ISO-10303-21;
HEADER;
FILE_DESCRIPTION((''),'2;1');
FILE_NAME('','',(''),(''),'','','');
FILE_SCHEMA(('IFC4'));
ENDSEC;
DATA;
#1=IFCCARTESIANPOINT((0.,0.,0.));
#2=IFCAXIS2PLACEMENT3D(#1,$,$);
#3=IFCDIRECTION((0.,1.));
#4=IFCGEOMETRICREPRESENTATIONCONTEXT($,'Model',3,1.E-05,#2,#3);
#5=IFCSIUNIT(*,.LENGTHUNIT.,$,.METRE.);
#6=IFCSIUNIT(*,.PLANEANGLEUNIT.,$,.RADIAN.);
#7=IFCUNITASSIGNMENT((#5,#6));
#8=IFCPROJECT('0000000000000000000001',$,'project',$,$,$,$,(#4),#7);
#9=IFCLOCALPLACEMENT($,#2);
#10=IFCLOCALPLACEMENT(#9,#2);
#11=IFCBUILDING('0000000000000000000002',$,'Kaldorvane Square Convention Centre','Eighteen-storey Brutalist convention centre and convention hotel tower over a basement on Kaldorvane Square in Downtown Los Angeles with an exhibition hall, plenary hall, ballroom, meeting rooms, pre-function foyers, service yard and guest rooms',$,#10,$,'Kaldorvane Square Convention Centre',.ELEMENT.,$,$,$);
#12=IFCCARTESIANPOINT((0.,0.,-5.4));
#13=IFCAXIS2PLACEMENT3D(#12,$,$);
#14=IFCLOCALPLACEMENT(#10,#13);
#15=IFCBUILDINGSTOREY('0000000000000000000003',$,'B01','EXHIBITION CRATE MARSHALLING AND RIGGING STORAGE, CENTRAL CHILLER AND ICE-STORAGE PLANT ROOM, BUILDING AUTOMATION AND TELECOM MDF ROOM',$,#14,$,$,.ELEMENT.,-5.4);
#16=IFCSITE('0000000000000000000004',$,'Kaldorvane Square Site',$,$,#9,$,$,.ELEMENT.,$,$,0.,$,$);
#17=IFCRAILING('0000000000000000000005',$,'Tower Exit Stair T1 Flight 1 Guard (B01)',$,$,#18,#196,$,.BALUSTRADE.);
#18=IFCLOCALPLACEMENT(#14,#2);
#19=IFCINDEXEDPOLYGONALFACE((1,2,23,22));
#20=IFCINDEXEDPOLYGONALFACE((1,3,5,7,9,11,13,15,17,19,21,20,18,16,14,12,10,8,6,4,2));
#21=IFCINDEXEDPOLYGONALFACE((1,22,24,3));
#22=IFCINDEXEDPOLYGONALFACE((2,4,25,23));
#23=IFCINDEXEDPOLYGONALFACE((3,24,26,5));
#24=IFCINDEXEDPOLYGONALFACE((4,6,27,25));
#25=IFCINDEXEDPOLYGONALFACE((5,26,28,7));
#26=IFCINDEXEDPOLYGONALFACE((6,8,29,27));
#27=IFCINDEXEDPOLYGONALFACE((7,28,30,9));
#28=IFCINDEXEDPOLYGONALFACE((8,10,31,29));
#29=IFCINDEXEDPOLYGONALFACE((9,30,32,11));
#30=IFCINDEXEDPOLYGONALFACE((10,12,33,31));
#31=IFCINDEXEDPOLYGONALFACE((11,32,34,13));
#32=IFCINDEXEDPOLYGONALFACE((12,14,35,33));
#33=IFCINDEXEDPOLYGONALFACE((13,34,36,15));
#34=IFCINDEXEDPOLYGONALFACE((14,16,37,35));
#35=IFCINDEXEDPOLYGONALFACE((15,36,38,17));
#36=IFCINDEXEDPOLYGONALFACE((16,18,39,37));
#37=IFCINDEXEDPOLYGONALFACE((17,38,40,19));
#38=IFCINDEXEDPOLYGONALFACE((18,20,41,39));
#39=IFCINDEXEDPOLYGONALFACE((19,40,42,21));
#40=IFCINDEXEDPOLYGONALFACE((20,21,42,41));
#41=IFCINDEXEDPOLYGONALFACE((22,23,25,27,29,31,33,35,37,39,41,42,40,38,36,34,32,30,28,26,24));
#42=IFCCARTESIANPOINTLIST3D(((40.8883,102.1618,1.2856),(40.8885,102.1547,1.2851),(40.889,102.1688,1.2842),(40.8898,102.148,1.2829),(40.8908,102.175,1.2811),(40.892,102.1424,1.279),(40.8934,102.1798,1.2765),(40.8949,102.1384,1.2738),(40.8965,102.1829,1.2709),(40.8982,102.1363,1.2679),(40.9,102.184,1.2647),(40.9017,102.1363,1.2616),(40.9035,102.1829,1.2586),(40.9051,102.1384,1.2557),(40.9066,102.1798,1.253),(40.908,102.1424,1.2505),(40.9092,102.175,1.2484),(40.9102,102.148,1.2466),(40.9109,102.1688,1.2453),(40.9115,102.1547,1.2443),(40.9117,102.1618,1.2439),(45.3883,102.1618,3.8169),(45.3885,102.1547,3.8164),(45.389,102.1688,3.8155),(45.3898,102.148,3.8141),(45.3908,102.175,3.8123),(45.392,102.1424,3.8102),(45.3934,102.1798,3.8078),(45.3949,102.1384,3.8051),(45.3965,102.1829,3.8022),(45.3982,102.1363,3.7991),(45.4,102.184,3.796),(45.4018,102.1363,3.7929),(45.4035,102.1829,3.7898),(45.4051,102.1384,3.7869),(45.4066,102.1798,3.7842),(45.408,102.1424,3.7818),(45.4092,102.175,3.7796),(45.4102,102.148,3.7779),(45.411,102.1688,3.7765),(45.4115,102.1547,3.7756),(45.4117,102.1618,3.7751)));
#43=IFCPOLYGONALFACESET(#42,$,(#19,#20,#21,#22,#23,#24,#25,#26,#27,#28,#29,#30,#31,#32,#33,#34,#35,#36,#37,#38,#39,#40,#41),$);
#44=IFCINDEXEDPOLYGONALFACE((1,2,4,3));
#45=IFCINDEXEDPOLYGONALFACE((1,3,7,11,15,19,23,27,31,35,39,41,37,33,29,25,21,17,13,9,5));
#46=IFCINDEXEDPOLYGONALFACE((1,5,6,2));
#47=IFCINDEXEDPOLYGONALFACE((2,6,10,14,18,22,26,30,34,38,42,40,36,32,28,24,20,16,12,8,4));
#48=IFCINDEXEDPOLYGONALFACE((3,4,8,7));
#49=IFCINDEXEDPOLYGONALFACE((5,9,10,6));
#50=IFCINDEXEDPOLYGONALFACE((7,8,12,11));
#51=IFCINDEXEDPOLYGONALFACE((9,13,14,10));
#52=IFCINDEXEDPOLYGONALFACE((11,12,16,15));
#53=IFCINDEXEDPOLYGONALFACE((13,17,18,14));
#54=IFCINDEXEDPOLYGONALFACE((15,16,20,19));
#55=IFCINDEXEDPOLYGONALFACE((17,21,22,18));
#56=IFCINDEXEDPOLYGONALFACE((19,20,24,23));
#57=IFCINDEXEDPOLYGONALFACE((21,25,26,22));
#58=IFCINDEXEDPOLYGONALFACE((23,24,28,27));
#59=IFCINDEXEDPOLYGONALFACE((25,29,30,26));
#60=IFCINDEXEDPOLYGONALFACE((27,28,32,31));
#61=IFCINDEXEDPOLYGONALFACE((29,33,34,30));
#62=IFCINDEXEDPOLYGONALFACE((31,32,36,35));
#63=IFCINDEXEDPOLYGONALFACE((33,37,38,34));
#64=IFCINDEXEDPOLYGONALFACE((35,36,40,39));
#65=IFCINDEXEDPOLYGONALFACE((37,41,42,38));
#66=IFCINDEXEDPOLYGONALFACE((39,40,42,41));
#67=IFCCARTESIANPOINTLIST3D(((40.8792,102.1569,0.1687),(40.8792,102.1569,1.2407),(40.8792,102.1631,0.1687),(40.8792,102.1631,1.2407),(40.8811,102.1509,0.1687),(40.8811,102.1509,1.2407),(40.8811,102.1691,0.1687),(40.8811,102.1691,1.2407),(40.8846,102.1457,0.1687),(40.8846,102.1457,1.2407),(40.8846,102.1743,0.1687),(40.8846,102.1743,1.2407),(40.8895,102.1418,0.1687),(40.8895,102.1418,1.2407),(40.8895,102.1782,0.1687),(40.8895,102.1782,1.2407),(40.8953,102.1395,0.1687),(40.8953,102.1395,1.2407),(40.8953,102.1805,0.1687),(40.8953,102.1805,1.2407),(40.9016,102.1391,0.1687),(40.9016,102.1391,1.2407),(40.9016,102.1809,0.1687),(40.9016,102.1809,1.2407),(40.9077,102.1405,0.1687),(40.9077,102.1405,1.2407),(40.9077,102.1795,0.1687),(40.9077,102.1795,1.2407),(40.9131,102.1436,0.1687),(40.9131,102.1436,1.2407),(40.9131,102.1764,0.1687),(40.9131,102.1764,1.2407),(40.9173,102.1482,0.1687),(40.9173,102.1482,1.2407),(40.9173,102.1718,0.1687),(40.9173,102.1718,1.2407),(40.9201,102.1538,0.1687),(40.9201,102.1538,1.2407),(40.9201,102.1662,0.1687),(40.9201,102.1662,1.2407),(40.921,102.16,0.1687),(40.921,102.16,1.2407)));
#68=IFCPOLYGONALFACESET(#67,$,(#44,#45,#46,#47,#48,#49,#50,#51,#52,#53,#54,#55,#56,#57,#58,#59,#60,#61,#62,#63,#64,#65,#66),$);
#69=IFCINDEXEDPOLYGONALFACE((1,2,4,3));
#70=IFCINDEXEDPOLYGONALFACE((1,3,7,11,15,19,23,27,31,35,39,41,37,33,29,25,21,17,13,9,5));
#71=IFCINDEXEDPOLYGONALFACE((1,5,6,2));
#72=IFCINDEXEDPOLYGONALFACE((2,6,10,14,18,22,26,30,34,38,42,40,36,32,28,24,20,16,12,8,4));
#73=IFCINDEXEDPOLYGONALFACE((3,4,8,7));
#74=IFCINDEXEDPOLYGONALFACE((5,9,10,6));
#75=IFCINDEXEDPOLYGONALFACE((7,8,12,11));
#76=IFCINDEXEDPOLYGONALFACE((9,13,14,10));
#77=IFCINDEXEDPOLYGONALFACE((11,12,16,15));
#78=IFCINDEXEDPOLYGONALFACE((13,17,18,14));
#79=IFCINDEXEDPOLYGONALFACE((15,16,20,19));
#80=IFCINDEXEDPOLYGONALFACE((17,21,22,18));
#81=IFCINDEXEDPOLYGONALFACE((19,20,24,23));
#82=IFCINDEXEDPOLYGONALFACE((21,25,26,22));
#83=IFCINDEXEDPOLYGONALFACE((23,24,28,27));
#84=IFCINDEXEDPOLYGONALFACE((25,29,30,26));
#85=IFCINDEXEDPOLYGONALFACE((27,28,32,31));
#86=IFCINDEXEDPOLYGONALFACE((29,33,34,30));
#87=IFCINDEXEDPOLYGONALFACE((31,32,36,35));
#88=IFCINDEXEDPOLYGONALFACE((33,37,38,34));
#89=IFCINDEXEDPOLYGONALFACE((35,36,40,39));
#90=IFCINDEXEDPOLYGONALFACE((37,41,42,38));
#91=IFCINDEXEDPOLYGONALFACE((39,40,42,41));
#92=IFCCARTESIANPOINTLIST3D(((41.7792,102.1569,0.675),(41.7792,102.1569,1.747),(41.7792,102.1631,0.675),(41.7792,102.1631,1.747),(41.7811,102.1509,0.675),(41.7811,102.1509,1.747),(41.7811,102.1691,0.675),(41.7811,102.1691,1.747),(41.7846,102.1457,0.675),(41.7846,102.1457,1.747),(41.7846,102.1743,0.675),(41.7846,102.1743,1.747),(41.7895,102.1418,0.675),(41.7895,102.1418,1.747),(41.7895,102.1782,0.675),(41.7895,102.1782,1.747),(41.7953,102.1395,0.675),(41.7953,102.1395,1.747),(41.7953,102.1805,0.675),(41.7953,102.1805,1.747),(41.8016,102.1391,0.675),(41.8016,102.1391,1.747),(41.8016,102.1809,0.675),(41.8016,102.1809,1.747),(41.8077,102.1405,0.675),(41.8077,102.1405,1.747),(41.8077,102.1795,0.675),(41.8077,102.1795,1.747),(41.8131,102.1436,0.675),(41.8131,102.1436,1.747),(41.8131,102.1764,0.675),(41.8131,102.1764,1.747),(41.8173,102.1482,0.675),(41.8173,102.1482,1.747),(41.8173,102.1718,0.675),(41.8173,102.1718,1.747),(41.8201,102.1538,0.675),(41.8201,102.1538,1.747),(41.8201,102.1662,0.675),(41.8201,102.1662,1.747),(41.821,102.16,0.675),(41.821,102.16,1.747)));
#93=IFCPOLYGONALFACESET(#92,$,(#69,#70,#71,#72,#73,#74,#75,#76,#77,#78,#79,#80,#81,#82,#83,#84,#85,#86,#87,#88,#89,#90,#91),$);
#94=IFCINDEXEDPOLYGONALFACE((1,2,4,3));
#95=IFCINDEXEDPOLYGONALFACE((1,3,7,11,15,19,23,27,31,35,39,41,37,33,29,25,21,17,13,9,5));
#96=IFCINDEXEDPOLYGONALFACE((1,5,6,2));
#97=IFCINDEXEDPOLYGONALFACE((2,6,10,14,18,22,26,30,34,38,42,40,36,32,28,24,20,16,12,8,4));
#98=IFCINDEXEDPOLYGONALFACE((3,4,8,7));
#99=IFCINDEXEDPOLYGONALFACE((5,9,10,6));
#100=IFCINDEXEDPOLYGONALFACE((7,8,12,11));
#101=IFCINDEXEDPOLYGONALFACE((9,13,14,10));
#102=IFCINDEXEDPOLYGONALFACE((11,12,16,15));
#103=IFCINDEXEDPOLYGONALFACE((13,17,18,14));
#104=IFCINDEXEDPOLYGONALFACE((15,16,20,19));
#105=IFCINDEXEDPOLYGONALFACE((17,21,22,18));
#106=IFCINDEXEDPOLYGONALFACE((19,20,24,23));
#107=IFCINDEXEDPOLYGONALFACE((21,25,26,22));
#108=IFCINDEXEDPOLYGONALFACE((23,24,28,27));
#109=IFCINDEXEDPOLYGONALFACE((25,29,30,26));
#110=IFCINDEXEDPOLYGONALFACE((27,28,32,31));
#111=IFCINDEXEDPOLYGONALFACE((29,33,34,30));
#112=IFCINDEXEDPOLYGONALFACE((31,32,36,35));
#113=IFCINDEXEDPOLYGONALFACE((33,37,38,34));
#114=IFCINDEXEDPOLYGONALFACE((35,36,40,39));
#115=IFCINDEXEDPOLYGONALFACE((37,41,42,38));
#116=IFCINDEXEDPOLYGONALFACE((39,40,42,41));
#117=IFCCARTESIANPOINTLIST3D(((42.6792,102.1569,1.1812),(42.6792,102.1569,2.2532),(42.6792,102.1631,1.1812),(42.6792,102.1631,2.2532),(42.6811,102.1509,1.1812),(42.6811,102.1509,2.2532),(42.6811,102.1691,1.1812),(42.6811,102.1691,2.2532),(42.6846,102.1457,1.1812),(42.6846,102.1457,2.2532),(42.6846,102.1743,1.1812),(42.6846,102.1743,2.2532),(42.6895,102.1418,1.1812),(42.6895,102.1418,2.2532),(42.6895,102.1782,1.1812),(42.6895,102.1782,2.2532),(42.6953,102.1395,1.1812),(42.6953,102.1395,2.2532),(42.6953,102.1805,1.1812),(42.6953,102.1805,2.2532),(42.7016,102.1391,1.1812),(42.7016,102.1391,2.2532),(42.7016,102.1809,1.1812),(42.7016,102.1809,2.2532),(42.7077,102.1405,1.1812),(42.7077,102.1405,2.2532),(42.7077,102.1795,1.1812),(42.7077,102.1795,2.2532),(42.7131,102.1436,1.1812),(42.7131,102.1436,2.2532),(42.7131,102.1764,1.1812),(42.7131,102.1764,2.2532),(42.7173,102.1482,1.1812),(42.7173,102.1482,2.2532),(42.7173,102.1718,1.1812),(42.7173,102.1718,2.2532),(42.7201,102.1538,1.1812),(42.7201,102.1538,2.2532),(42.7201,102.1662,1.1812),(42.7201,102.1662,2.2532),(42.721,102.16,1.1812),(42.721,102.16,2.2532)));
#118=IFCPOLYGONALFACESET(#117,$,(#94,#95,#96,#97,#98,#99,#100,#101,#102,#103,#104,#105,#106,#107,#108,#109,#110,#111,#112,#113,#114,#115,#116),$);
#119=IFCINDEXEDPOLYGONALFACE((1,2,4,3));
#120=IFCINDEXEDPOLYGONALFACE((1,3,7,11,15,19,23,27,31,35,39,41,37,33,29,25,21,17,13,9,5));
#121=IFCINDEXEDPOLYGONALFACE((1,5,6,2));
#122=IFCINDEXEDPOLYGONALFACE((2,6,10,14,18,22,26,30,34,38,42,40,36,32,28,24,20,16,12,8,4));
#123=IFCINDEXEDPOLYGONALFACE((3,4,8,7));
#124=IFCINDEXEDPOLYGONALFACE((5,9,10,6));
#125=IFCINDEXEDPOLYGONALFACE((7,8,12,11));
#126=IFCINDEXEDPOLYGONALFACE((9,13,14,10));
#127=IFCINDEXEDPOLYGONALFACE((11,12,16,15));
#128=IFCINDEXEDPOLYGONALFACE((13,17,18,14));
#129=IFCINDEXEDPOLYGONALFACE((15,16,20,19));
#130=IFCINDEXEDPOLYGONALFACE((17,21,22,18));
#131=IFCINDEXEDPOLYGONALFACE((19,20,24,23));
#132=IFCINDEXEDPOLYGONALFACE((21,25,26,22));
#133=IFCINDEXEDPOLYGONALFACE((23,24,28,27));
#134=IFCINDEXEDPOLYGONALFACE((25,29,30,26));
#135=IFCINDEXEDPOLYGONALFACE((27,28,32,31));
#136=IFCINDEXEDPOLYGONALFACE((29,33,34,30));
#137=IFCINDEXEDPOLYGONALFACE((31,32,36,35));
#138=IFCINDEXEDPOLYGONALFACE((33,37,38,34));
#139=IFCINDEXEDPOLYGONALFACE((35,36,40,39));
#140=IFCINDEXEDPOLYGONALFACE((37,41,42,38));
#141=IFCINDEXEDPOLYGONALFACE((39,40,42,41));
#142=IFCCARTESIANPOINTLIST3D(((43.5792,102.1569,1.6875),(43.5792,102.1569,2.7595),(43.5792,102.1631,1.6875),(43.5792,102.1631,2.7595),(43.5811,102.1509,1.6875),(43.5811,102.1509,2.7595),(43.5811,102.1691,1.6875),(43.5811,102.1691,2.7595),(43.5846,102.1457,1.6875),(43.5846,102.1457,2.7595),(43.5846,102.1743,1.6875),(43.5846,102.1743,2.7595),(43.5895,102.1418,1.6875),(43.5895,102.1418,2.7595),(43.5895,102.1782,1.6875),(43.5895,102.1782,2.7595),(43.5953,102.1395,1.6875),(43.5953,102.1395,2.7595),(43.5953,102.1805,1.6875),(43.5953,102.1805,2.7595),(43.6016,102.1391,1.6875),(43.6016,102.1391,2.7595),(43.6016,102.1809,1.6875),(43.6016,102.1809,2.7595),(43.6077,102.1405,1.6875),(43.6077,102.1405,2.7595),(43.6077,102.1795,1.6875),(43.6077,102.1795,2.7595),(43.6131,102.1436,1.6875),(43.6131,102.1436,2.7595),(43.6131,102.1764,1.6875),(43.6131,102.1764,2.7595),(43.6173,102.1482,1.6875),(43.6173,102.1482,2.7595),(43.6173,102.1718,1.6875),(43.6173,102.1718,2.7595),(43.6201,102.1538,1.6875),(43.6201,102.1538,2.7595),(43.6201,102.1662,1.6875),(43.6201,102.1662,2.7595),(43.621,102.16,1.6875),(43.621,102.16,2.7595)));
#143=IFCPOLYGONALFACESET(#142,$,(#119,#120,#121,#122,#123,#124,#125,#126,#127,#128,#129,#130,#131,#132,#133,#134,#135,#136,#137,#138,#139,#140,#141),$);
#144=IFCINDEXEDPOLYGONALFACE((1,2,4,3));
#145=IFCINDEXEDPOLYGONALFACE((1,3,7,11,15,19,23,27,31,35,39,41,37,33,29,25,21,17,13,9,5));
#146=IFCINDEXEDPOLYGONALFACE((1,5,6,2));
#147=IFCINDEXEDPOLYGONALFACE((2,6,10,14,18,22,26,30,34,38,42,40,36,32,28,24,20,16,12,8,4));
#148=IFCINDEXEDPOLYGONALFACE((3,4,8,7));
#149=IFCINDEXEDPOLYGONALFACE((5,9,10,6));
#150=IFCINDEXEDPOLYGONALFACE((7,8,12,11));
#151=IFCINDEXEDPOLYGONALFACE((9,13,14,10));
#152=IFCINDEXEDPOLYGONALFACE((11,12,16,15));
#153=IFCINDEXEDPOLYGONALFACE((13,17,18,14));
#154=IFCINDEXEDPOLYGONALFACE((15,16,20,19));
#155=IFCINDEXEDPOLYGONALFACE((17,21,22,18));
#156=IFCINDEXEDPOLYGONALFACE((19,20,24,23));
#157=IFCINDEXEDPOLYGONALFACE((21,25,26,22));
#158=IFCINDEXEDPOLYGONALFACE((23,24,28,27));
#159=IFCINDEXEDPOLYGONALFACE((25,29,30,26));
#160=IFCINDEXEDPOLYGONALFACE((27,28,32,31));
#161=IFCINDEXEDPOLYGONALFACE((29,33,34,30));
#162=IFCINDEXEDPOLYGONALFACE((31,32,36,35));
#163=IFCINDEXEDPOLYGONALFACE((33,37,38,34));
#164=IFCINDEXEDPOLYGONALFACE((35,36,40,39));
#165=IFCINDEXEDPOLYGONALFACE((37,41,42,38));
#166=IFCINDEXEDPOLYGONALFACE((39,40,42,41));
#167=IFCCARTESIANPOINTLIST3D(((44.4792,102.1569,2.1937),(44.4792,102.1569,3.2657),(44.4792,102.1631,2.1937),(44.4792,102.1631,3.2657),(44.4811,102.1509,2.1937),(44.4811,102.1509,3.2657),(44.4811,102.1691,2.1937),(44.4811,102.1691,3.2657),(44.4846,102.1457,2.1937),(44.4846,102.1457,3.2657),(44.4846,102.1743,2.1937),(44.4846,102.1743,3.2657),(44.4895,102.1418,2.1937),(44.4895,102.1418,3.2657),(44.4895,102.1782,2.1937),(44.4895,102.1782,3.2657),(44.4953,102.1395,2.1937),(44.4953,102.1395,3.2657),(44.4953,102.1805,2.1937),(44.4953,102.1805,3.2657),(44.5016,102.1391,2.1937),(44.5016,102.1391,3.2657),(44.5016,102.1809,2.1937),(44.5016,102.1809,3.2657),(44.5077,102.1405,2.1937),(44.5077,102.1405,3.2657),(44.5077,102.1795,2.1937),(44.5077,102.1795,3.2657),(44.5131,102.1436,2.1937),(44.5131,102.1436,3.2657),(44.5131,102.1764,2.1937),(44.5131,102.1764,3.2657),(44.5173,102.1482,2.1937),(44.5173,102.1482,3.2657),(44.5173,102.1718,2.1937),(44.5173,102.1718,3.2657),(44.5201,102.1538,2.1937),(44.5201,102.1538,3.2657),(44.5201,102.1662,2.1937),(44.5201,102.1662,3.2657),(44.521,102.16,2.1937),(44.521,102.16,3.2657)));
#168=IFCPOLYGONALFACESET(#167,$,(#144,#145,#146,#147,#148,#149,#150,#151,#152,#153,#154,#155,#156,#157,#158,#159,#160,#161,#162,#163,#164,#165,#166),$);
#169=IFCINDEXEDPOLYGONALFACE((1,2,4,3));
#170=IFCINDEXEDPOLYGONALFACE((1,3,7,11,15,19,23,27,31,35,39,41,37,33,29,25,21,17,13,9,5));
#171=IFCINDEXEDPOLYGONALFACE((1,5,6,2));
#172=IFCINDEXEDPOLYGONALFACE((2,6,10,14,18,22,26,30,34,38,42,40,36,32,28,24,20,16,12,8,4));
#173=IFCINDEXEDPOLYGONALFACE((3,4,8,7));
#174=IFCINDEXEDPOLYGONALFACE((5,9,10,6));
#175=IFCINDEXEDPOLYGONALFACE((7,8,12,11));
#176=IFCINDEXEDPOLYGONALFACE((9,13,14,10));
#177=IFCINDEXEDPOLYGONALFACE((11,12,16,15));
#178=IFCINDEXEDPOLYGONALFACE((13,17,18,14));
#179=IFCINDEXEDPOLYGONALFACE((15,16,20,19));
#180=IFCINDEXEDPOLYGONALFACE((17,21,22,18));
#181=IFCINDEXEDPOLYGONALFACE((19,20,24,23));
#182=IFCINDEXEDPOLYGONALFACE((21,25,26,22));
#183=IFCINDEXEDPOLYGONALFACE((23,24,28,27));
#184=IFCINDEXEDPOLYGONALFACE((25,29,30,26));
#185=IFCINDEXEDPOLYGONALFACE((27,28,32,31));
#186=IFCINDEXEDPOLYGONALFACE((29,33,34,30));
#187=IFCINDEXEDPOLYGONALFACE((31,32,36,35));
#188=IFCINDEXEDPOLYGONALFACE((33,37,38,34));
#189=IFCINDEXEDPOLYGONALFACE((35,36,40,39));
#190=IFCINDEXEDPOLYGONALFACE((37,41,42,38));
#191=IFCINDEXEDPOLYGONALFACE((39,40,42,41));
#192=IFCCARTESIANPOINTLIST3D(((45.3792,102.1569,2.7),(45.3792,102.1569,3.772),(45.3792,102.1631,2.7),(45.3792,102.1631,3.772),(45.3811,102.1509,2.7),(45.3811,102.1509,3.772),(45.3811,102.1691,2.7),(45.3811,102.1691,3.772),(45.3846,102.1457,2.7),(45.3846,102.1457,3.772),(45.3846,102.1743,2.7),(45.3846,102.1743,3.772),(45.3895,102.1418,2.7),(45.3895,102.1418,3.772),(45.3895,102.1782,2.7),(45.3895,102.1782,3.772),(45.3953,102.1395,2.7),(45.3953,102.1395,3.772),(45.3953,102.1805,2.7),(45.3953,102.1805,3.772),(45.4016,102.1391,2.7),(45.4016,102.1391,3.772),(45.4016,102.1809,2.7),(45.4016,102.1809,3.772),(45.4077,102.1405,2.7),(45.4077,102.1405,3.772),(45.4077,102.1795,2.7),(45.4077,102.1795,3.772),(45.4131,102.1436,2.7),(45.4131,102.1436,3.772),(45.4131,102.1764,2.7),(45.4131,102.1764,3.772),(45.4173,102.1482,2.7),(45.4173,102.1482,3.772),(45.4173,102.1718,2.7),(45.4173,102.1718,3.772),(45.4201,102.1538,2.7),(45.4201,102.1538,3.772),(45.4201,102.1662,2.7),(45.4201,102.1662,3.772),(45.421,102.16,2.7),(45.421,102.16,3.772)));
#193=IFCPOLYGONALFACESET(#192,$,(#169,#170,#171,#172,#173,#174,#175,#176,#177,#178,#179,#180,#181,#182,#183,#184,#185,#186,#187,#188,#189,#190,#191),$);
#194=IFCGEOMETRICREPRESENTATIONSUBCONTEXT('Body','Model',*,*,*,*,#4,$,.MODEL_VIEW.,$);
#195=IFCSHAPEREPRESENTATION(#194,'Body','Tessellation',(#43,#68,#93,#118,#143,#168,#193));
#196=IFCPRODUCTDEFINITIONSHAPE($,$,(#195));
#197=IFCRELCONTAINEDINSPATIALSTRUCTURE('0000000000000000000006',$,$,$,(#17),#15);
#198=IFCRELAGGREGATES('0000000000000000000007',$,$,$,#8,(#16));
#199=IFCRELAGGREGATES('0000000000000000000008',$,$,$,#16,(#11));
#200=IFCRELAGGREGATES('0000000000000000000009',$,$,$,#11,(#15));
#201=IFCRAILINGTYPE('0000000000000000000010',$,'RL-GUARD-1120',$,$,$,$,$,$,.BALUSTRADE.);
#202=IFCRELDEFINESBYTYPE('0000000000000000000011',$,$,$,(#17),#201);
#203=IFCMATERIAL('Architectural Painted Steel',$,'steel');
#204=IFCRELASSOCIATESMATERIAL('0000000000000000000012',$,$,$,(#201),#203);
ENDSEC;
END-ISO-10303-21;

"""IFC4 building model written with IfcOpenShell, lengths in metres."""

from ifc_helpers import new_model, si_unit, direction, frame, origin, origin_2d, place, context, subcontext, project, spatial, circle, extrude, material, type_object, element, save


model = new_model("IFC4")

# Units and contexts
model_context = context("Model", 3, precision=1e-05, world=origin(), true_north=direction((0.0, 1.0)))
body_context = subcontext(model_context, "Body", "Model", "MODEL_VIEW")
ifc_project = project(units=[si_unit("LENGTHUNIT", "METRE"), si_unit("PLANEANGLEUNIT", "RADIAN")], contexts=[model_context])

# Site, building, storey
site_placement = place(None, origin())
site = spatial("IfcSite", under=ifc_project, at=site_placement, Name="Kaldorvane Square Site", CompositionType="ELEMENT", RefElevation=0.0)
building_placement = place(site_placement, origin())
building = spatial("IfcBuilding", under=site, at=building_placement, Name="Kaldorvane Square Convention Centre", Description="Eighteen-storey Brutalist convention centre and convention hotel tower over a basement on Kaldorvane Square in Downtown Los Angeles with an exhibition hall, plenary hall, ballroom, meeting rooms, pre-function foyers, service yard and guest rooms", LongName="Kaldorvane Square Convention Centre", CompositionType="ELEMENT")
storey_placement = place(building_placement, frame((0.0, 0.0, -5.4)))
storey = spatial("IfcBuildingStorey", under=building, at=storey_placement, Name="B01", Description="EXHIBITION CRATE MARSHALLING AND RIGGING STORAGE, CENTRAL CHILLER AND ICE-STORAGE PLANT ROOM, BUILDING AUTOMATION AND TELECOM MDF ROOM", CompositionType="ELEMENT", Elevation=-5.4)

# Railing
ifc_material_1 = material(Name="Architectural Painted Steel", Category="steel")
railing_type_1 = type_object("IfcRailingType", Name="RL-GUARD-1120", PredefinedType="BALUSTRADE", material=ifc_material_1)
railing_1_placement = place(storey_placement, frame((40.9, 102.16, 0.1687)))
element("IfcRailing", 1, at=railing_1_placement, inside=storey, type_object=railing_type_1, Name="Tower Exit Stair T1 Flight 1 Guard (B01)", PredefinedType="BALUSTRADE", context=body_context, shape_type="SweptSolid", body=[
    extrude(circle(Radius=0.024, at=origin_2d()), frame((0.0, 0.0, 1.096), z_axis=(0.871576, 0.0, 0.490261), x_axis=(0.0, 1.0, 0.0)), (0.0, 0.0, 1.0), 5.1631),
    extrude(circle(Radius=0.021, at=origin_2d()), origin(), (0.0, 0.0, 1.0), 1.072),
    extrude(circle(Radius=0.021, at=origin_2d()), frame((0.9, 0.0, 0.5063)), (0.0, 0.0, 1.0), 1.072),
    extrude(circle(Radius=0.021, at=origin_2d()), frame((1.8, 0.0, 1.0125)), (0.0, 0.0, 1.0), 1.072),
    extrude(circle(Radius=0.021, at=origin_2d()), frame((2.7, 0.0, 1.5188)), (0.0, 0.0, 1.0), 1.072),
    extrude(circle(Radius=0.021, at=origin_2d()), frame((3.6, 0.0, 2.025)), (0.0, 0.0, 1.0), 1.072),
    extrude(circle(Radius=0.021, at=origin_2d()), frame((4.5, 0.0, 2.5312)), (0.0, 0.0, 1.0), 1.072),
])

save(model, "model.ifc")
